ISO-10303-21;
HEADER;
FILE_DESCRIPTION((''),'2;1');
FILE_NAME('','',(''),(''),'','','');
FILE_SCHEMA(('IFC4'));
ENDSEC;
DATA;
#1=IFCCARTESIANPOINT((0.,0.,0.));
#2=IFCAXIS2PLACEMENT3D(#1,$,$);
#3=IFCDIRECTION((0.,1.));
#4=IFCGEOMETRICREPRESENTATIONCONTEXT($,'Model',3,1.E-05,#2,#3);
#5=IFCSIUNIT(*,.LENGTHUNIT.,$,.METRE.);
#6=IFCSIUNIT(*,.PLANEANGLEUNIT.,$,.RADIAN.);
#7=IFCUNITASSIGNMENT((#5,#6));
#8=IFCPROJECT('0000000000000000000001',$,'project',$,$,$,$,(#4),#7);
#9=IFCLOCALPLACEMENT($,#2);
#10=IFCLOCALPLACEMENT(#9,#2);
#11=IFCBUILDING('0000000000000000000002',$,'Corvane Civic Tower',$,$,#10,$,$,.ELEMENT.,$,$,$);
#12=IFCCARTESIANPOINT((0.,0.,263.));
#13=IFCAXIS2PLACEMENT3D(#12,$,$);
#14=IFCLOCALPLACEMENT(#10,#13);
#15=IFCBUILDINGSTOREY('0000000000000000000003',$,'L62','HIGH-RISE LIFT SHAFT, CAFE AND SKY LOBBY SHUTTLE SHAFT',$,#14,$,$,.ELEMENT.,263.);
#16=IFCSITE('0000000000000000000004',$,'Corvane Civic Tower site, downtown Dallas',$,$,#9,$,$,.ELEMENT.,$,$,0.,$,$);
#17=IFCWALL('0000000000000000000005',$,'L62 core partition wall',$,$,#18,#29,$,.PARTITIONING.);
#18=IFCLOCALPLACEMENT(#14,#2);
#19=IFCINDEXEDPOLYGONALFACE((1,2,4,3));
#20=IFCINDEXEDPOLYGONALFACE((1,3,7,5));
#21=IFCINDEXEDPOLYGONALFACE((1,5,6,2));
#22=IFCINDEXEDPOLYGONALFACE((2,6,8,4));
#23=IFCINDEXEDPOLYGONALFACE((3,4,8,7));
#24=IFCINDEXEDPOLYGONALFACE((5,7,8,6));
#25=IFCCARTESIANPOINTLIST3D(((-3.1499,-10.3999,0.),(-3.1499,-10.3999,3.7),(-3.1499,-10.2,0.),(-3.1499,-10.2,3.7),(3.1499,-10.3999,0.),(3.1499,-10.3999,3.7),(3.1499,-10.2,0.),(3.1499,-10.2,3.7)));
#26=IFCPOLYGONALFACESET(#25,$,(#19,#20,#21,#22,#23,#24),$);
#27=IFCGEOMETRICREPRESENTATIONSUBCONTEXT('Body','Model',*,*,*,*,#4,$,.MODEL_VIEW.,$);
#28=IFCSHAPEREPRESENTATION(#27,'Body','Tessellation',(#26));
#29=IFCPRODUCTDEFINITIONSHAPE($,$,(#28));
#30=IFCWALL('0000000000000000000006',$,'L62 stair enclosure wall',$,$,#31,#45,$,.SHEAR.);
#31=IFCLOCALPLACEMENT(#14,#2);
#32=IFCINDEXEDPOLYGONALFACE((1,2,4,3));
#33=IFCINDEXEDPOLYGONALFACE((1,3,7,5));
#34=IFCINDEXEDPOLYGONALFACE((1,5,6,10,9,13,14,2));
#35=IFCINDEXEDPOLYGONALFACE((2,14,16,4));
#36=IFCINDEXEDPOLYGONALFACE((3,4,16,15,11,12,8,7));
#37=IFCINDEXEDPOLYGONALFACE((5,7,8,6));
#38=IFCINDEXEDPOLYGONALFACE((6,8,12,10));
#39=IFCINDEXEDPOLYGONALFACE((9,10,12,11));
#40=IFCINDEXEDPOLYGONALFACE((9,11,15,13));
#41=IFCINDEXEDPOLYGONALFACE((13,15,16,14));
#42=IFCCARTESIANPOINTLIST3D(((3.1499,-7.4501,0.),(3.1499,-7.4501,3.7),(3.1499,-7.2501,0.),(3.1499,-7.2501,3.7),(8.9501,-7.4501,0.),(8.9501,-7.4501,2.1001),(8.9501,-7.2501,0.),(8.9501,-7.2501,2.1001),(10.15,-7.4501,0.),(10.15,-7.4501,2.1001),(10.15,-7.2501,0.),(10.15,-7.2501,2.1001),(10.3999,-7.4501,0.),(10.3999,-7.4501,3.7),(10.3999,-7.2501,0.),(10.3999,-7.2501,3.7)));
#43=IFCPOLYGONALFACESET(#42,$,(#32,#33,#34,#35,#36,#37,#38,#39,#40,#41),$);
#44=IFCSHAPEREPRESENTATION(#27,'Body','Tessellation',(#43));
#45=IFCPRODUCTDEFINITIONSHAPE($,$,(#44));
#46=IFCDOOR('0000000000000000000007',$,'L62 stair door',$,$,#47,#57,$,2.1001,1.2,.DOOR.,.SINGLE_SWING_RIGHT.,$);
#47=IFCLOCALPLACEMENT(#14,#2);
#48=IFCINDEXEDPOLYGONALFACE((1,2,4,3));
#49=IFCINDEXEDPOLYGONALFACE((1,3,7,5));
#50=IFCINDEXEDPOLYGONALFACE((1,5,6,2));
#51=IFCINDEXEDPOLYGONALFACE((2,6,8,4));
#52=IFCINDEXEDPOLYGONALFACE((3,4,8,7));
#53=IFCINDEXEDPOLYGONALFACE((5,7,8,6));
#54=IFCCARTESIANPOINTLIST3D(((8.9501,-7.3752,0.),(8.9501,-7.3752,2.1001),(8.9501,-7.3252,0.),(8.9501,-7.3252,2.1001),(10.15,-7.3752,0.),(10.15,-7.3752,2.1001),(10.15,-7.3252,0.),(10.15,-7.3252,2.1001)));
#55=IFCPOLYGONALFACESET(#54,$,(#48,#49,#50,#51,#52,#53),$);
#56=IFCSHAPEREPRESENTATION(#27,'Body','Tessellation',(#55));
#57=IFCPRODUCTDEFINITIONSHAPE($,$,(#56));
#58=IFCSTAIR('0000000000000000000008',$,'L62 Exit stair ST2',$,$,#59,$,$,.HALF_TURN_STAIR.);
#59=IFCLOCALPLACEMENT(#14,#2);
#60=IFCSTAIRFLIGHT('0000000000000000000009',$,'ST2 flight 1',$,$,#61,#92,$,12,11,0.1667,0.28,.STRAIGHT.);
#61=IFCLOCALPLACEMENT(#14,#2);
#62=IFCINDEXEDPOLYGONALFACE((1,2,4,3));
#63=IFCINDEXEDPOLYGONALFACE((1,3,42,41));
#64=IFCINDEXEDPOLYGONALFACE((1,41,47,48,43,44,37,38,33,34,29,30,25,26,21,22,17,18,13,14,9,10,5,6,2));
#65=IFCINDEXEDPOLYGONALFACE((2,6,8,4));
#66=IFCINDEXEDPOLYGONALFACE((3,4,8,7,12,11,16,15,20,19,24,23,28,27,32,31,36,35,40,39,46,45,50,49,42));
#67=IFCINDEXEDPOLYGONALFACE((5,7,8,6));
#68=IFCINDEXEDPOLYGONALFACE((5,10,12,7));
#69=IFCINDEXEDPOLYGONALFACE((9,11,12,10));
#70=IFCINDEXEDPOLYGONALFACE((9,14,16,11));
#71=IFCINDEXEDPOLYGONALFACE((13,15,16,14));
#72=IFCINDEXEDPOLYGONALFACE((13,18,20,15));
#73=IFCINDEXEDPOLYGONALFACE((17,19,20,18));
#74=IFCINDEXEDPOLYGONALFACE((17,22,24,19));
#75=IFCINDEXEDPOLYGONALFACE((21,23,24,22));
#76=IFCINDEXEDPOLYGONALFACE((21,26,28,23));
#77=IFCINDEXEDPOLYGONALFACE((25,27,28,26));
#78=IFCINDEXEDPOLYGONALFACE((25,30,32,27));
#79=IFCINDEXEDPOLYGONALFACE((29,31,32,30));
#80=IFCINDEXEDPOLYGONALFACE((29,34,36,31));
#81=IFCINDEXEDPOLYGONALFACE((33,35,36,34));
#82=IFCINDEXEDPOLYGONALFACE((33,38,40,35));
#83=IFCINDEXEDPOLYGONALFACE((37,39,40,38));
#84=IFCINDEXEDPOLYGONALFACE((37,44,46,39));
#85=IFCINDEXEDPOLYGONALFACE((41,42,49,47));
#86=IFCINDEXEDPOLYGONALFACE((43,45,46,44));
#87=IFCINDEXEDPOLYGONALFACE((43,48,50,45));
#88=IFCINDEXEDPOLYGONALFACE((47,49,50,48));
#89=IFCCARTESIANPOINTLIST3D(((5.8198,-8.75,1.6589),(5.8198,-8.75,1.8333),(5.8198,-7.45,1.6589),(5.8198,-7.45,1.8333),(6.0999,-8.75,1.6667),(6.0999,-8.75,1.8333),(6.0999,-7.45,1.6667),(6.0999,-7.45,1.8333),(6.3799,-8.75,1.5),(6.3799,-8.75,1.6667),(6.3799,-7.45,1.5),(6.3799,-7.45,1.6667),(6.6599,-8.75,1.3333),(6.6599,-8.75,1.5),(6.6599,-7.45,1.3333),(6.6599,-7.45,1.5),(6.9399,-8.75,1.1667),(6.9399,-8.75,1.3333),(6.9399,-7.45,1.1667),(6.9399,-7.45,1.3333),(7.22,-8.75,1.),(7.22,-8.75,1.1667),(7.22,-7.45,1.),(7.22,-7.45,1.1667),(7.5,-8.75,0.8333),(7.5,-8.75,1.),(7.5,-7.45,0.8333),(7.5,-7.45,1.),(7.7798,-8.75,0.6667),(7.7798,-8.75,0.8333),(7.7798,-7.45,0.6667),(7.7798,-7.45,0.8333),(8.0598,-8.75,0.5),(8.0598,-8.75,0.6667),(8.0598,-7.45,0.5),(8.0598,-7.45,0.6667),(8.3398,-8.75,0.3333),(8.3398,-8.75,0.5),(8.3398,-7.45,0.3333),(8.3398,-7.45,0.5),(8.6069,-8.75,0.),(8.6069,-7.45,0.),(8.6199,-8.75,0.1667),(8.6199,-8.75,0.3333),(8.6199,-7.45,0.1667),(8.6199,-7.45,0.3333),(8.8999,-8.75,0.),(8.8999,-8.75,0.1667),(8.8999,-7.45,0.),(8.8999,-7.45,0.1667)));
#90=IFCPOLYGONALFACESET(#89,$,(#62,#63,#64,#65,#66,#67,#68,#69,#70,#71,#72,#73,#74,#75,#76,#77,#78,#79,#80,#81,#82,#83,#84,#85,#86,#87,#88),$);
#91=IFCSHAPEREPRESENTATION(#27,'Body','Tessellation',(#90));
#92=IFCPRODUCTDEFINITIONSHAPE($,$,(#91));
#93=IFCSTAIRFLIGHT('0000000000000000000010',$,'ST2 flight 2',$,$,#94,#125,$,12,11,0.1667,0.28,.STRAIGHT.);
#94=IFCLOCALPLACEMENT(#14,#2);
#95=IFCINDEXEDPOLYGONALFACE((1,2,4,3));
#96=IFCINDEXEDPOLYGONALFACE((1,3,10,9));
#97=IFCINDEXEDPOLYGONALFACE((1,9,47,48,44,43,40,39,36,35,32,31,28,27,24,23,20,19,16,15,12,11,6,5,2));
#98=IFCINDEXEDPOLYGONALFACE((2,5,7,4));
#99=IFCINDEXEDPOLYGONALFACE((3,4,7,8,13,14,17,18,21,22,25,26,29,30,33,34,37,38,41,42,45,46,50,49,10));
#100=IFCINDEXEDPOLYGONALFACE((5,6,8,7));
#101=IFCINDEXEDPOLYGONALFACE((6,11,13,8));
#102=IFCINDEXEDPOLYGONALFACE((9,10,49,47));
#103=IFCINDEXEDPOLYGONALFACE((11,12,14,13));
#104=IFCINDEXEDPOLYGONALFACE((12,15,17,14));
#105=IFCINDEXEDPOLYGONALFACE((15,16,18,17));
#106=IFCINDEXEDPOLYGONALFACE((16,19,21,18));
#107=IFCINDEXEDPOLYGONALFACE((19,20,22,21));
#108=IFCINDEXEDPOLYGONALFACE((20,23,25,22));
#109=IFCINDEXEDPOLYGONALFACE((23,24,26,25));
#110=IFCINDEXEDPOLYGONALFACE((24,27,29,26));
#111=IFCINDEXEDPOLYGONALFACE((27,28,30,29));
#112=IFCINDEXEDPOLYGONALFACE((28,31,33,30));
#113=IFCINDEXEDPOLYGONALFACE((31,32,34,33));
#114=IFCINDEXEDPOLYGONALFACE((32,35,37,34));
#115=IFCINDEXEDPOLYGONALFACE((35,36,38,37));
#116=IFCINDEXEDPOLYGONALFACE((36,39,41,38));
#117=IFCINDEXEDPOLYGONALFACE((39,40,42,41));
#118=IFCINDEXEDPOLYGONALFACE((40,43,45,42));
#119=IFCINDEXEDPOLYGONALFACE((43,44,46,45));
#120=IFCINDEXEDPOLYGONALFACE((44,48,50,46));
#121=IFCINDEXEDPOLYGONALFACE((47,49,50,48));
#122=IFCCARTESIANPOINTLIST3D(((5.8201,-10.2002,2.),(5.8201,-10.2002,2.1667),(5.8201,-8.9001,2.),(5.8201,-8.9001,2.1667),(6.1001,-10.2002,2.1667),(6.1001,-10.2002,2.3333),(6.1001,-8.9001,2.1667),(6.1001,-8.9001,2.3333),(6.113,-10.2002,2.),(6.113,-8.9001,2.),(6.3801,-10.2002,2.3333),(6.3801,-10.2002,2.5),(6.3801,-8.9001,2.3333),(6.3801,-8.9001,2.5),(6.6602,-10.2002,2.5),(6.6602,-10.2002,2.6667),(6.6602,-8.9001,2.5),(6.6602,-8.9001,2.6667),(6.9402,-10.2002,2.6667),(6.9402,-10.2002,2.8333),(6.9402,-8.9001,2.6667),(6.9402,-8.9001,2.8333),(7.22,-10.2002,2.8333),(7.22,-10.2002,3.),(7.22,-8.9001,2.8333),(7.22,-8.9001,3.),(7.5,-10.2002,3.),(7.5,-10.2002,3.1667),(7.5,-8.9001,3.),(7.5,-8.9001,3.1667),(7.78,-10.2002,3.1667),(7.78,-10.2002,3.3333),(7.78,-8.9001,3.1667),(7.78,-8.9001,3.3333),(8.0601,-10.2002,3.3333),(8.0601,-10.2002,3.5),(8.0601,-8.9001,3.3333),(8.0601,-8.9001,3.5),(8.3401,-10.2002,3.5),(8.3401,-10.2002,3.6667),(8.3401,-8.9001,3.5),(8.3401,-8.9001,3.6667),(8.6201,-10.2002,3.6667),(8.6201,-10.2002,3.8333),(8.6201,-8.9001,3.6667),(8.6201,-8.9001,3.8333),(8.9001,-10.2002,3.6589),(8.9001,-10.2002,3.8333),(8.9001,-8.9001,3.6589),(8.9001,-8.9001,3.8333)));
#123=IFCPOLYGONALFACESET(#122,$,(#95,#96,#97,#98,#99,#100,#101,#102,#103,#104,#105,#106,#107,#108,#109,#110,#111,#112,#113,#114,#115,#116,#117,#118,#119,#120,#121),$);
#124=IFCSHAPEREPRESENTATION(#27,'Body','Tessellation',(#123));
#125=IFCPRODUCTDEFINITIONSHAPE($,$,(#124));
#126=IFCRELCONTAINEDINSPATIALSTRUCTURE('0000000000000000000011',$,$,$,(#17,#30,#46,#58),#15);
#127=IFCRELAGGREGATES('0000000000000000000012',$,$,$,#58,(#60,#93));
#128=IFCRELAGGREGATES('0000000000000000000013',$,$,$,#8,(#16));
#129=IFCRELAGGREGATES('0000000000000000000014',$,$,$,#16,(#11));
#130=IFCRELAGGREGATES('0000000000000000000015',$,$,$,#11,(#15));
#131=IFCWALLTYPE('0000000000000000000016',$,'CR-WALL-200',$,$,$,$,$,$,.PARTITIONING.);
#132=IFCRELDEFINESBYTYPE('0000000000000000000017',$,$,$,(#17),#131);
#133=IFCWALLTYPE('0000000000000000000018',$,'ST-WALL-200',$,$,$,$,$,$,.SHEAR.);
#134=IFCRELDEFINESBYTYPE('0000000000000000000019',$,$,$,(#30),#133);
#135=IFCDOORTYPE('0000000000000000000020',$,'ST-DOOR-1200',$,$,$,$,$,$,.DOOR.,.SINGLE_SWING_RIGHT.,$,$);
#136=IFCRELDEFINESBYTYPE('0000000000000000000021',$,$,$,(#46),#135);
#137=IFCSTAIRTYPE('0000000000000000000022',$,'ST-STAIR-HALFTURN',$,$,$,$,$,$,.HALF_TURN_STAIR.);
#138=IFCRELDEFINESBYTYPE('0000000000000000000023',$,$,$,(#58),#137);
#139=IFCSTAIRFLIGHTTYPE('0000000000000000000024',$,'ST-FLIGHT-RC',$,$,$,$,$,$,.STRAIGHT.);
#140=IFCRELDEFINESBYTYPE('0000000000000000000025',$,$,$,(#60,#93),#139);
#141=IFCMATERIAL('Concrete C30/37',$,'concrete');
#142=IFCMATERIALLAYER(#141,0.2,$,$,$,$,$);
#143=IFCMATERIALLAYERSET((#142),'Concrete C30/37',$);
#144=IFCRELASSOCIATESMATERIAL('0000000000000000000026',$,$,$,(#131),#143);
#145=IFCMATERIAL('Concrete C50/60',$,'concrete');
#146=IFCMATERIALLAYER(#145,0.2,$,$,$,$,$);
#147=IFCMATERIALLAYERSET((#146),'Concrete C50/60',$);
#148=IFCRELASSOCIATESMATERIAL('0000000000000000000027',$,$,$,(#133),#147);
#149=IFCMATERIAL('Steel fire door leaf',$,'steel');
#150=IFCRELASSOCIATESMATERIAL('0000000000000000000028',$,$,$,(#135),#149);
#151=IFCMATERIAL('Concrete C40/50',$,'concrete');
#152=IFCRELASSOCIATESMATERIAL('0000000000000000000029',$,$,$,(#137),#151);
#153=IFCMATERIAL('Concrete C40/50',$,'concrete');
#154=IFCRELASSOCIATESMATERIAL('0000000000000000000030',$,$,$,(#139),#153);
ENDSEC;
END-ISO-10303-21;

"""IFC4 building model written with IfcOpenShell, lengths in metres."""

from ifc_helpers import new_model, si_unit, direction, frame, frame_2d, origin, place, context, subcontext, project, spatial, polyline, rectangle, outline, extrude, material, layer, layer_set, type_object, element, fill, aggregate, save


model = new_model("IFC4")

# Units and contexts
model_context = context("Model", 3, precision=1e-05, world=origin(), true_north=direction((0.0, 1.0)))
body_context = subcontext(model_context, "Body", "Model", "MODEL_VIEW")
ifc_project = project(units=[si_unit("LENGTHUNIT", "METRE"), si_unit("PLANEANGLEUNIT", "RADIAN")], contexts=[model_context])

# Site, building, storey
site_placement = place(None, origin())
site = spatial("IfcSite", under=ifc_project, at=site_placement, Name="Corvane Civic Tower site, downtown Dallas", CompositionType="ELEMENT", RefElevation=0.0)
building_placement = place(site_placement, origin())
building = spatial("IfcBuilding", under=site, at=building_placement, Name="Corvane Civic Tower", CompositionType="ELEMENT")
storey_placement = place(building_placement, frame((0.0, 0.0, 263.0)))
storey = spatial("IfcBuildingStorey", under=building, at=storey_placement, Name="L62", Description="HIGH-RISE LIFT SHAFT, CAFE AND SKY LOBBY SHUTTLE SHAFT", CompositionType="ELEMENT", Elevation=263.0)

# Shared definitions
ifc_material_1 = material(Name="Concrete C30/37", Category="concrete")
ifc_layer_1 = layer(ifc_material_1, 0.2)
ifc_layer_set_1 = layer_set([ifc_layer_1], Name="Concrete C30/37")
wall_type_1 = type_object("IfcWallType", Name="CR-WALL-200", PredefinedType="PARTITIONING", material=ifc_layer_set_1)

# Wall
wall_1_placement = place(storey_placement, origin())
element("IfcWall", 1, at=wall_1_placement, inside=storey, type_object=wall_type_1, Name="L62 core partition wall", PredefinedType="PARTITIONING", context=body_context, shape_type="SweptSolid", body=[
    extrude(outline(polyline([(3.1499, -10.3999), (-3.1499, -10.3999), (-3.1499, -10.2), (3.1499, -10.2), (3.1499, -10.3999)])), origin(), (0.0, 0.0, 1.0), 3.7),
])

# Wall, opening, door
ifc_material_2 = material(Name="Concrete C50/60", Category="concrete")
ifc_layer_2 = layer(ifc_material_2, 0.2)
ifc_layer_set_2 = layer_set([ifc_layer_2], Name="Concrete C50/60")
wall_type_2 = type_object("IfcWallType", Name="ST-WALL-200", PredefinedType="SHEAR", material=ifc_layer_set_2)
wall_2_placement = place(storey_placement, frame((3.1499, -7.3501, 0.0), z_axis=(0.0, 0.0, 1.0), x_axis=(1.0, 0.0, 0.0)))
wall_2 = element("IfcWall", 2, at=wall_2_placement, inside=storey, type_object=wall_type_2, Name="L62 stair enclosure wall", PredefinedType="SHEAR", context=body_context, shape_type="SweptSolid", body=[
    extrude(rectangle(XDim=7.25, YDim=0.2, at=frame_2d((3.625, 0.0))), origin(), (0.0, 0.0, 1.0), 3.7),
])
opening_1_placement = place(wall_2_placement, frame((5.8, 0.0, 0.0)))
opening_1 = element("IfcOpeningElement", 3, at=opening_1_placement, cuts=wall_2, PredefinedType="OPENING", context=body_context, shape_type="SweptSolid", body=[
    extrude(rectangle(XDim=1.2, YDim=2.1001, at=frame_2d((0.6001, 1.05))), frame((0.0, 0.1099, 0.0), z_axis=(0.0, -1.0, 0.0), x_axis=(1.0, 0.0, 0.0)), (0.0, 0.0, 1.0), 0.22),
])
ifc_material_3 = material(Name="Steel fire door leaf", Category="steel")
door_type_1 = type_object("IfcDoorType", Name="ST-DOOR-1200", OperationType="SINGLE_SWING_RIGHT", PredefinedType="DOOR", material=ifc_material_3)
door_1_placement = place(opening_1_placement, origin())
door_1 = element("IfcDoor", 4, at=door_1_placement, inside=storey, type_object=door_type_1, Name="L62 stair door", OperationType="SINGLE_SWING_RIGHT", OverallHeight=2.1001, OverallWidth=1.2, PredefinedType="DOOR", context=body_context, shape_type="SweptSolid", body=[
    extrude(rectangle(XDim=1.2, YDim=2.1001, at=frame_2d((0.6001, 1.05))), frame((0.0, 0.0249, 0.0), z_axis=(0.0, -1.0, 0.0), x_axis=(1.0, 0.0, 0.0)), (0.0, 0.0, 1.0), 0.05),
])
fill(opening_1, door_1)

# Stair, stair flights
ifc_material_4 = material(Name="Concrete C40/50", Category="concrete")
stair_type = type_object("IfcStairType", Name="ST-STAIR-HALFTURN", PredefinedType="HALF_TURN_STAIR", material=ifc_material_4)
stair_placement = place(storey_placement, origin())
stair = element("IfcStair", 5, at=stair_placement, inside=storey, type_object=stair_type, Name="L62 Exit stair ST2", PredefinedType="HALF_TURN_STAIR")
ifc_material_5 = material(Name="Concrete C40/50", Category="concrete")
stair_flight_type = type_object("IfcStairFlightType", Name="ST-FLIGHT-RC", PredefinedType="STRAIGHT", material=ifc_material_5)
stair_flight_1_placement = place(storey_placement, frame((8.8999, -8.1001, 0.0), z_axis=(0.0, 0.0, 1.0), x_axis=(-1.0, 0.0, 0.0)))
stair_flight_1 = element("IfcStairFlight", 6, at=stair_flight_1_placement, type_object=stair_flight_type, Name="ST2 flight 1", NumberOfRisers=12, NumberOfTreads=11, PredefinedType="STRAIGHT", RiserHeight=0.1667, TreadLength=0.28, context=body_context, shape_type="SweptSolid", body=[
    extrude(outline(polyline([(0.0, 0.0), (0.0, 0.1667), (0.28, 0.1667), (0.28, 0.3333), (0.5601, 0.3333), (0.5601, 0.5), (0.8401, 0.5), (0.8401, 0.6667), (1.1201, 0.6667), (1.1201, 0.8333), (1.3999, 0.8333), (1.3999, 1.0), (1.6799, 1.0), (1.6799, 1.1667), (1.96, 1.1667), (1.96, 1.3333), (2.24, 1.3333), (2.24, 1.5), (2.52, 1.5), (2.52, 1.6667), (2.8, 1.6667), (2.8, 1.8333), (3.0801, 1.8333), (3.0801, 2.0), (3.0801, 1.6589), (0.293, 0.0), (0.0, 0.0)])), frame((0.0, 0.6499, 0.0), z_axis=(0.0, -1.0, 0.0), x_axis=(1.0, 0.0, 0.0)), (0.0, 0.0, 1.0), 1.3),
])
stair_flight_2_placement = place(storey_placement, frame((5.8201, -9.55, 2.0), z_axis=(0.0, 0.0, 1.0), x_axis=(1.0, 0.0, 0.0)))
stair_flight_2 = element("IfcStairFlight", 7, at=stair_flight_2_placement, type_object=stair_flight_type, Name="ST2 flight 2", NumberOfRisers=12, NumberOfTreads=11, PredefinedType="STRAIGHT", RiserHeight=0.1667, TreadLength=0.28, context=body_context, shape_type="SweptSolid", body=[
    extrude(outline(polyline([(0.0, 0.0), (0.0, 0.1667), (0.28, 0.1667), (0.28, 0.3333), (0.5601, 0.3333), (0.5601, 0.5), (0.8401, 0.5), (0.8401, 0.6667), (1.1201, 0.6667), (1.1201, 0.8333), (1.3999, 0.8333), (1.3999, 1.0), (1.6799, 1.0), (1.6799, 1.1667), (1.96, 1.1667), (1.96, 1.3333), (2.24, 1.3333), (2.24, 1.5), (2.52, 1.5), (2.52, 1.6667), (2.8, 1.6667), (2.8, 1.8333), (3.0801, 1.8333), (3.0801, 2.0), (3.0801, 1.6589), (0.293, 0.0), (0.0, 0.0)])), frame((0.0, 0.6499, 0.0), z_axis=(0.0, -1.0, 0.0), x_axis=(1.0, 0.0, 0.0)), (0.0, 0.0, 1.0), 1.3),
])
aggregate(stair, [stair_flight_1, stair_flight_2])

save(model, "model.ifc")
